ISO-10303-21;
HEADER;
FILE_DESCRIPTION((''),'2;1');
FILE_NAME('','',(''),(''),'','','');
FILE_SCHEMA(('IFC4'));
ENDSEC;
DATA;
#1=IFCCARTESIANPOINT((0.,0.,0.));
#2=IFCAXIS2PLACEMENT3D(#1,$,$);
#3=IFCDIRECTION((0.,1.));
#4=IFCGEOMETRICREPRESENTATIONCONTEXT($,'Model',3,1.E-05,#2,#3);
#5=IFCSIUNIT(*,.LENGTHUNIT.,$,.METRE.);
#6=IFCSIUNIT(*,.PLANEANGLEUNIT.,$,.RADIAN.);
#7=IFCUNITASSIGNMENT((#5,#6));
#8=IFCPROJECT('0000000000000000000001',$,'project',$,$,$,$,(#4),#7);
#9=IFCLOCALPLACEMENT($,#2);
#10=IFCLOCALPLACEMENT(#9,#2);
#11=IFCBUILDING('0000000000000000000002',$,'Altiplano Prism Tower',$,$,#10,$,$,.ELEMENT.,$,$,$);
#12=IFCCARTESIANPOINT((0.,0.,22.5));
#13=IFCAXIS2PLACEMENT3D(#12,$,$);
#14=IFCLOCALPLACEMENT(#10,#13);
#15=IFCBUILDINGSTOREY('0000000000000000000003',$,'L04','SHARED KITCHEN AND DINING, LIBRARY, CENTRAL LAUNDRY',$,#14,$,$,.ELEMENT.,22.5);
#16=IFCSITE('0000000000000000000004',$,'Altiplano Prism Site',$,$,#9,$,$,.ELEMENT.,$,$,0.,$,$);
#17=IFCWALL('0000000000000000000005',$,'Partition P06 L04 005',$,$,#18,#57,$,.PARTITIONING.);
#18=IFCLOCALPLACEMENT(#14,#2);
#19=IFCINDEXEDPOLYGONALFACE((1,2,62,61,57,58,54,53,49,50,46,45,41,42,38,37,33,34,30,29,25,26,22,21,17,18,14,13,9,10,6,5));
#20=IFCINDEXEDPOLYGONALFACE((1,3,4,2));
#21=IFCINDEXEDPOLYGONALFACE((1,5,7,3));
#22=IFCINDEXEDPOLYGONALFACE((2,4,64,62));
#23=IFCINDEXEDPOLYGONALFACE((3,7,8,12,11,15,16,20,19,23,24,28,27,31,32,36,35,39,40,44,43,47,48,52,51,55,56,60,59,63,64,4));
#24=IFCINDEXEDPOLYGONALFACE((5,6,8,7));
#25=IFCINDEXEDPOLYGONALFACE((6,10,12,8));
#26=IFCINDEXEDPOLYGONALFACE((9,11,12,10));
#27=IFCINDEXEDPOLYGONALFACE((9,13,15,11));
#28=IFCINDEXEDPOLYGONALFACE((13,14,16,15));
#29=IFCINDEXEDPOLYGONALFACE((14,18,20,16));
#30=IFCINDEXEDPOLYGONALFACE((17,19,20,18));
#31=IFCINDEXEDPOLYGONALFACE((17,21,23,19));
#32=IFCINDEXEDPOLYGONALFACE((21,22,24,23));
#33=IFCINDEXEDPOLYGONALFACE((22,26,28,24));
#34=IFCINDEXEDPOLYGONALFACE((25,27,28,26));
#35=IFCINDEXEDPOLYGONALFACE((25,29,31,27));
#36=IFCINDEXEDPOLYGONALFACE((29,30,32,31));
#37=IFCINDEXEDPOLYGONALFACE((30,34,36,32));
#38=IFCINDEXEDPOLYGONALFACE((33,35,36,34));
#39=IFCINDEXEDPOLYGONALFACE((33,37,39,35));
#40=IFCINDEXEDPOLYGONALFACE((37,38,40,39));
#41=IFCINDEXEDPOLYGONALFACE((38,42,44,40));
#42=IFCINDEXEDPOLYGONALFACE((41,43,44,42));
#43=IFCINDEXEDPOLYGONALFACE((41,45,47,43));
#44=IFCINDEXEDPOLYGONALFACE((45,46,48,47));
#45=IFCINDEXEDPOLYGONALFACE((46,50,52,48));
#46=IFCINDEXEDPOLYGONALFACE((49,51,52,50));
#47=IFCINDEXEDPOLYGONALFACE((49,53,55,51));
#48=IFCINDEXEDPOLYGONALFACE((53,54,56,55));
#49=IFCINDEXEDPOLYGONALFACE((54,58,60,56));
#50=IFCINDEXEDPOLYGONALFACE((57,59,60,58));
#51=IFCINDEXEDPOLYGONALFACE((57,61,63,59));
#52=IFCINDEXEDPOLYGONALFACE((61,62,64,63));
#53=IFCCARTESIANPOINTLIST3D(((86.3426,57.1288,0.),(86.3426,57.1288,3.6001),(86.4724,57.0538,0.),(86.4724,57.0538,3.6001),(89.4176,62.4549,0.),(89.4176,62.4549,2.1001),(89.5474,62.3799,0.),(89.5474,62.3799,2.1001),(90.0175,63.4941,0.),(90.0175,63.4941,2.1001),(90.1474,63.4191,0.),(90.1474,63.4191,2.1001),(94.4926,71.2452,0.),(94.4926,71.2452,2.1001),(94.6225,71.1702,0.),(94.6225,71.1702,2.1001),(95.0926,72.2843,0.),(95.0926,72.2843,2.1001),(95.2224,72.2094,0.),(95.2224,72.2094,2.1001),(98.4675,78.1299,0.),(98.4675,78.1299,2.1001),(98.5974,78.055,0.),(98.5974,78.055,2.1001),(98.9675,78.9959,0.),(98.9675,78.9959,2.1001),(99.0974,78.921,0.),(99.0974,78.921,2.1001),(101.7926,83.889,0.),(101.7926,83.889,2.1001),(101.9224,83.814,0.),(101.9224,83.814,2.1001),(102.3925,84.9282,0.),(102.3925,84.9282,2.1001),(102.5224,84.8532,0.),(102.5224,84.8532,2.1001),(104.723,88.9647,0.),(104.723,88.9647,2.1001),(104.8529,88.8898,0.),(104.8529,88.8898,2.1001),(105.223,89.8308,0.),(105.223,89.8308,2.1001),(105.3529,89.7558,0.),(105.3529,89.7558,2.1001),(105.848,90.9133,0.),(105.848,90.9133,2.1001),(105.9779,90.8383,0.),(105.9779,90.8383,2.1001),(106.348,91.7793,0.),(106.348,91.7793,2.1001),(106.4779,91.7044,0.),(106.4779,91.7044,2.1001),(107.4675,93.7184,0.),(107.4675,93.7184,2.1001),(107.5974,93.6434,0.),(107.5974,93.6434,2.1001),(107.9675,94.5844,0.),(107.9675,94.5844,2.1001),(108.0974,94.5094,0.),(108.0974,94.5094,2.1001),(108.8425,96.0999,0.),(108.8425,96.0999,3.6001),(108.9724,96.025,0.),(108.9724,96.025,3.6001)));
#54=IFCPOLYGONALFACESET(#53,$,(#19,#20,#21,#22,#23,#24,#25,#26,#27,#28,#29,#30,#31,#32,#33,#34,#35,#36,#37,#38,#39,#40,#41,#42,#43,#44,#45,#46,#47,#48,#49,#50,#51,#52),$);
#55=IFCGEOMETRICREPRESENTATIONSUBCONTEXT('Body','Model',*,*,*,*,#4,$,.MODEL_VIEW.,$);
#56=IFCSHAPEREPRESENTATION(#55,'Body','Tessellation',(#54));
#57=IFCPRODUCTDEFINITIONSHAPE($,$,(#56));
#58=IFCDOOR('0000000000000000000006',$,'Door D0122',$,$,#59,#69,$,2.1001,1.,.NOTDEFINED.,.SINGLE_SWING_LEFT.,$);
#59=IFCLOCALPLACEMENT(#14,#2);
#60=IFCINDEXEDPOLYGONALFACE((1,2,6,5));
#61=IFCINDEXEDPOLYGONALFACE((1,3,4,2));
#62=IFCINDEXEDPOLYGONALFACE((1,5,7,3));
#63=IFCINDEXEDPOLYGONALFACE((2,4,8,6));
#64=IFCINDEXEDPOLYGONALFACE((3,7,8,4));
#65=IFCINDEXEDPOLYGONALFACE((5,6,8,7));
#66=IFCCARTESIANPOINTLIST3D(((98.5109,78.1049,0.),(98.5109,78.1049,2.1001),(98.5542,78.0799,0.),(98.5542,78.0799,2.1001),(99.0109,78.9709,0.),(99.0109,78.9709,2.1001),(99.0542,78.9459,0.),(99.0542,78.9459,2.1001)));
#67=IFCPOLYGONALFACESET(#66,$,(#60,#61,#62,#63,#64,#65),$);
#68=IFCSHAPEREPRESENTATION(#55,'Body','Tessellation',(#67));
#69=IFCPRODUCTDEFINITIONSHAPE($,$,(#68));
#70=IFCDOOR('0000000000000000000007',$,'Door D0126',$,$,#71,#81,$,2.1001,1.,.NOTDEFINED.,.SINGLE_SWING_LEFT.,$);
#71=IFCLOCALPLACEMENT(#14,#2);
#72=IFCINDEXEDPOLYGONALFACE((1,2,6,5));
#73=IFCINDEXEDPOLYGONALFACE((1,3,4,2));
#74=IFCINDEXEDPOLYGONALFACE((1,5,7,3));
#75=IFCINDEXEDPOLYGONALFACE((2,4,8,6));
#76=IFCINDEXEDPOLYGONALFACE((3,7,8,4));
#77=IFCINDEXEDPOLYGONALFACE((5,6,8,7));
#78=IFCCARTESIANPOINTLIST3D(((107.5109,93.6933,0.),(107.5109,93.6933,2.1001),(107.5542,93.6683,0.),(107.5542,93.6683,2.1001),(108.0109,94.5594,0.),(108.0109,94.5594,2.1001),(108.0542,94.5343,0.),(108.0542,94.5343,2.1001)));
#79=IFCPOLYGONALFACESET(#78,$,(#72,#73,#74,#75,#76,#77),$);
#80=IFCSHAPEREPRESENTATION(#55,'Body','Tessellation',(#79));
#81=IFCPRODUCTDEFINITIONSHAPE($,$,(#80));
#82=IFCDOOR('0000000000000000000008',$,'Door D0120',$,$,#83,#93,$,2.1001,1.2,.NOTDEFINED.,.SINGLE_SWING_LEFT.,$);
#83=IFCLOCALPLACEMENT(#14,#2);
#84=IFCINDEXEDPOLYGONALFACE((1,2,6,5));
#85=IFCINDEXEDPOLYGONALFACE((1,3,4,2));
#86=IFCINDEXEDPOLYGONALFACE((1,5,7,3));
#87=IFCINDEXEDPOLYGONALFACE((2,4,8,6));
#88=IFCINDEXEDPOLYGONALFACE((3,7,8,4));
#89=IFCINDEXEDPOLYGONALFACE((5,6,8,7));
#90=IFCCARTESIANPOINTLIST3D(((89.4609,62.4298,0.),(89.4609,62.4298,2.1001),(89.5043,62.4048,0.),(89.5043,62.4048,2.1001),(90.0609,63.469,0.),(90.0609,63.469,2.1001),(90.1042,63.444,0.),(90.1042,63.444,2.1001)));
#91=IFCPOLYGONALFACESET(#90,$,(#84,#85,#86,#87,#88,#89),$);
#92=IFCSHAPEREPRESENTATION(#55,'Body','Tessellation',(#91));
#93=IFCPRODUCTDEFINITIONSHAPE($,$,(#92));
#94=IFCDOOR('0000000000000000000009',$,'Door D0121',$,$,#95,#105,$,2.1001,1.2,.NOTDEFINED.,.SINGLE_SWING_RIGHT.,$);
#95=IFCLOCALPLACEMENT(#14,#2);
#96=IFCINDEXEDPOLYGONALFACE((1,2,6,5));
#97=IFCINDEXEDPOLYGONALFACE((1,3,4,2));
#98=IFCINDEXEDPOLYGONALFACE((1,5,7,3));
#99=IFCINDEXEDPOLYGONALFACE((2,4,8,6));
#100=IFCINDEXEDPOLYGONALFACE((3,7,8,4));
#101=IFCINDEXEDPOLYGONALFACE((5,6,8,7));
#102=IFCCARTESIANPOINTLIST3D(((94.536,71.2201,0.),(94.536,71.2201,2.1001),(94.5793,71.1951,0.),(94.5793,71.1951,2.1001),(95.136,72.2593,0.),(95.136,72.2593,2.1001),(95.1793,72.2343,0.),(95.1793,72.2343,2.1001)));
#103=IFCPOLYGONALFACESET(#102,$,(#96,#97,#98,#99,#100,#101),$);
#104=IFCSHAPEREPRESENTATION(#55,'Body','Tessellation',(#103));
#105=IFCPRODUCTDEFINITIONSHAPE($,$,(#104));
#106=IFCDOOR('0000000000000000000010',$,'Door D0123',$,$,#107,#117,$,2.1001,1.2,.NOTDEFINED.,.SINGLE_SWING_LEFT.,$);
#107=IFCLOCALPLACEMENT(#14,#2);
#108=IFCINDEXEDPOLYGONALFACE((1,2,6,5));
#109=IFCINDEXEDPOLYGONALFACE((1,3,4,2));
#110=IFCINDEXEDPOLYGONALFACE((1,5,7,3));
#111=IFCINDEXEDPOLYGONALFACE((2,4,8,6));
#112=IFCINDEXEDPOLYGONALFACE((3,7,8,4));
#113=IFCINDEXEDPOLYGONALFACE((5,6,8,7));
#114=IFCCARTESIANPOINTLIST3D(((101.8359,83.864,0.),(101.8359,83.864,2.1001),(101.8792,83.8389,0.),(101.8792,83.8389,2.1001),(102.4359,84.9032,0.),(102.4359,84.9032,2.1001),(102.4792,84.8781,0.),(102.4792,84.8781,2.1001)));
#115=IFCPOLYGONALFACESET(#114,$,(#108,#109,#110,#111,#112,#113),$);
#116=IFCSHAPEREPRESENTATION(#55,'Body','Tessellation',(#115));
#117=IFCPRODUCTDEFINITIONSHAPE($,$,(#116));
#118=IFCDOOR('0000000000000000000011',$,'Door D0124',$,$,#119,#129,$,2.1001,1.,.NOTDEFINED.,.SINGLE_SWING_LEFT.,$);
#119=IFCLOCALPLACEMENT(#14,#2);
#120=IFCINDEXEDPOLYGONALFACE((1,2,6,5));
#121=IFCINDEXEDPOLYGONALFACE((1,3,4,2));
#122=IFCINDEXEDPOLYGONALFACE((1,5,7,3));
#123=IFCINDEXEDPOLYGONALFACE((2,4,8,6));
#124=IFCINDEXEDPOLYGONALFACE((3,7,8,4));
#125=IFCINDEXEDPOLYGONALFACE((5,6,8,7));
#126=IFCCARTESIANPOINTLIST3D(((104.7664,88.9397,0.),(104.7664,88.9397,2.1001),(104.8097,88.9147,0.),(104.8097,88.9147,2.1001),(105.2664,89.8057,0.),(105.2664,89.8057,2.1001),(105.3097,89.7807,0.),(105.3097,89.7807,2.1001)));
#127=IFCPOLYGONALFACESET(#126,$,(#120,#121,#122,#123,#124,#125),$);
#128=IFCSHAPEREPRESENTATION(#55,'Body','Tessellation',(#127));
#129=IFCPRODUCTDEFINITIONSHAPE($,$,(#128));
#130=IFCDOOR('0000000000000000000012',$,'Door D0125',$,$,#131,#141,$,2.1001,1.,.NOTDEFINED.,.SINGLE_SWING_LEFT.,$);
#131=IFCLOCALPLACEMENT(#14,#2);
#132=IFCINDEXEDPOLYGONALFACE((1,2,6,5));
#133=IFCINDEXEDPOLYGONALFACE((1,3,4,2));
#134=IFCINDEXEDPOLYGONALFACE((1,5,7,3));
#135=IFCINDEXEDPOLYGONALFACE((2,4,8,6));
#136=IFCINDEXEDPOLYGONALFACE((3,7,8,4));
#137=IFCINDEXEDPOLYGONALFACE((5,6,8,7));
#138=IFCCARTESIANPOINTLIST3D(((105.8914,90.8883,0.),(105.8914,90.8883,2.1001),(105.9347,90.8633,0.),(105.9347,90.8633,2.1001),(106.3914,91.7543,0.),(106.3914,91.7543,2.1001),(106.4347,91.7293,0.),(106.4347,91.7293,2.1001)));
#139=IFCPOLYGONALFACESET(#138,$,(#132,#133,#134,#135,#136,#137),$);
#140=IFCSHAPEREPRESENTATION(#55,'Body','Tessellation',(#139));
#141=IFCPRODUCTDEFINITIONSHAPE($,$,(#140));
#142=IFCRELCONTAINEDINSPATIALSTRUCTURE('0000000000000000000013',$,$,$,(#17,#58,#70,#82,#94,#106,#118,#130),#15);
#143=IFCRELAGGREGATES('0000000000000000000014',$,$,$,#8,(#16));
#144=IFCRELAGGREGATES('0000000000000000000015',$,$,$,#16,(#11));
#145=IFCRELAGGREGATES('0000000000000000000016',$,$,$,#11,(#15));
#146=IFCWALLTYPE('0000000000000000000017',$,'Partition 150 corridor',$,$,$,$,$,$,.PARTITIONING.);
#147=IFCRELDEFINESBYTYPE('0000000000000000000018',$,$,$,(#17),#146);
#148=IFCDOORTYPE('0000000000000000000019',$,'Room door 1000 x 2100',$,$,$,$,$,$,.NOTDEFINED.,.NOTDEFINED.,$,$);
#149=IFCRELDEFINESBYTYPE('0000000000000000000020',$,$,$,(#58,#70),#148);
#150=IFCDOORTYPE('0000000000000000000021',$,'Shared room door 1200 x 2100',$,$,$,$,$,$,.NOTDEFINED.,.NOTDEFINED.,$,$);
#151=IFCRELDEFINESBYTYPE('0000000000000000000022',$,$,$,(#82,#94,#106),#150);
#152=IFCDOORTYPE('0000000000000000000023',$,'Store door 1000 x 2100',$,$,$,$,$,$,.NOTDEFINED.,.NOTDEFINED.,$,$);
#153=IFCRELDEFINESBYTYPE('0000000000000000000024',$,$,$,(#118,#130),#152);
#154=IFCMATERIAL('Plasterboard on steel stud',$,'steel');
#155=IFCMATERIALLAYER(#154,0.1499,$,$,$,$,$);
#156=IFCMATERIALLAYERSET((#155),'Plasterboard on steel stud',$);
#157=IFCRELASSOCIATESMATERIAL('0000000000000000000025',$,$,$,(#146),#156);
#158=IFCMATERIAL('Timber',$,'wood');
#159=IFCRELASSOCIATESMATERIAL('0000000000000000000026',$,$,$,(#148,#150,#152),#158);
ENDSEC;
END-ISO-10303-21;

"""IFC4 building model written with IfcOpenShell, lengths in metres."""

from ifc_helpers import new_model, si_unit, direction, frame, frame_2d, origin, place, context, subcontext, project, spatial, rectangle, extrude, material, layer, layer_set, type_object, element, fill, save


model = new_model("IFC4")

# Units and contexts
model_context = context("Model", 3, precision=1e-05, world=origin(), true_north=direction((0.0, 1.0)))
body_context = subcontext(model_context, "Body", "Model", "MODEL_VIEW")
ifc_project = project(units=[si_unit("LENGTHUNIT", "METRE"), si_unit("PLANEANGLEUNIT", "RADIAN")], contexts=[model_context])

# Site, building, storey
site_placement = place(None, origin())
site = spatial("IfcSite", under=ifc_project, at=site_placement, Name="Altiplano Prism Site", CompositionType="ELEMENT", RefElevation=0.0)
building_placement = place(site_placement, origin())
building = spatial("IfcBuilding", under=site, at=building_placement, Name="Altiplano Prism Tower", CompositionType="ELEMENT")
storey_placement = place(building_placement, frame((0.0, 0.0, 22.5)))
storey = spatial("IfcBuildingStorey", under=building, at=storey_placement, Name="L04", Description="SHARED KITCHEN AND DINING, LIBRARY, CENTRAL LAUNDRY", CompositionType="ELEMENT", Elevation=22.5)

# Wall, openings, doors
ifc_material_1 = material(Name="Plasterboard on steel stud", Category="steel")
ifc_layer_1 = layer(ifc_material_1, 0.1499)
ifc_layer_set_1 = layer_set([ifc_layer_1], Name="Plasterboard on steel stud")
wall_type_1 = type_object("IfcWallType", Name="Partition 150 corridor", PredefinedType="PARTITIONING", material=ifc_layer_set_1)
wall_1_placement = place(storey_placement, frame((86.4075, 57.0913, 0.0), z_axis=(0.0, 0.0, 1.0), x_axis=(0.5, 0.866026, 0.0)))
wall_1 = element("IfcWall", 1, at=wall_1_placement, inside=storey, type_object=wall_type_1, Name="Partition P06 L04 005", PredefinedType="PARTITIONING", context=body_context, shape_type="SweptSolid", body=[
    extrude(rectangle(XDim=45.0, YDim=0.1499, at=frame_2d((22.5, 0.0))), origin(), (0.0, 0.0, 1.0), 3.6001),
])
opening_1_placement = place(wall_1_placement, frame((6.1499, 0.0, 0.0)))
opening_1 = element("IfcOpeningElement", 2, at=opening_1_placement, cuts=wall_1, PredefinedType="OPENING", context=body_context, shape_type="SweptSolid", body=[
    extrude(rectangle(XDim=1.2, YDim=2.1001, at=frame_2d((0.6001, 1.05))), frame((0.0, 0.0854, 0.0), z_axis=(0.0, -1.0, 0.0), x_axis=(1.0, 0.0, 0.0)), (0.0, 0.0, 1.0), 0.1709),
])
opening_2_placement = place(wall_1_placement, frame((16.3, 0.0, 0.0)))
opening_2 = element("IfcOpeningElement", 3, at=opening_2_placement, cuts=wall_1, PredefinedType="OPENING", context=body_context, shape_type="SweptSolid", body=[
    extrude(rectangle(XDim=1.2, YDim=2.1001, at=frame_2d((0.6001, 1.05))), frame((0.0, 0.0854, 0.0), z_axis=(0.0, -1.0, 0.0), x_axis=(1.0, 0.0, 0.0)), (0.0, 0.0, 1.0), 0.1709),
])
opening_3_placement = place(wall_1_placement, frame((24.25, 0.0, 0.0)))
opening_3 = element("IfcOpeningElement", 4, at=opening_3_placement, cuts=wall_1, PredefinedType="OPENING", context=body_context, shape_type="SweptSolid", body=[
    extrude(rectangle(XDim=1.0, YDim=2.1001, at=frame_2d((0.5, 1.05))), frame((0.0, 0.0854, 0.0), z_axis=(0.0, -1.0, 0.0), x_axis=(1.0, 0.0, 0.0)), (0.0, 0.0, 1.0), 0.1709),
])
opening_4_placement = place(wall_1_placement, frame((30.8999, 0.0, 0.0)))
opening_4 = element("IfcOpeningElement", 5, at=opening_4_placement, cuts=wall_1, PredefinedType="OPENING", context=body_context, shape_type="SweptSolid", body=[
    extrude(rectangle(XDim=1.2, YDim=2.1001, at=frame_2d((0.6001, 1.05))), frame((0.0, 0.0854, 0.0), z_axis=(0.0, -1.0, 0.0), x_axis=(1.0, 0.0, 0.0)), (0.0, 0.0, 1.0), 0.1709),
])
opening_5_placement = place(wall_1_placement, frame((36.761, 0.0, 0.0)))
opening_5 = element("IfcOpeningElement", 6, at=opening_5_placement, cuts=wall_1, PredefinedType="OPENING", context=body_context, shape_type="SweptSolid", body=[
    extrude(rectangle(XDim=1.0, YDim=2.1001, at=frame_2d((0.5, 1.05))), frame((0.0, 0.0854, 0.0), z_axis=(0.0, -1.0, 0.0), x_axis=(1.0, 0.0, 0.0)), (0.0, 0.0, 1.0), 0.1709),
])
opening_6_placement = place(wall_1_placement, frame((39.011, 0.0, 0.0)))
opening_6 = element("IfcOpeningElement", 7, at=opening_6_placement, cuts=wall_1, PredefinedType="OPENING", context=body_context, shape_type="SweptSolid", body=[
    extrude(rectangle(XDim=1.0, YDim=2.1001, at=frame_2d((0.5, 1.05))), frame((0.0, 0.0854, 0.0), z_axis=(0.0, -1.0, 0.0), x_axis=(1.0, 0.0, 0.0)), (0.0, 0.0, 1.0), 0.1709),
])
opening_7_placement = place(wall_1_placement, frame((42.25, 0.0, 0.0)))
opening_7 = element("IfcOpeningElement", 8, at=opening_7_placement, cuts=wall_1, PredefinedType="OPENING", context=body_context, shape_type="SweptSolid", body=[
    extrude(rectangle(XDim=1.0, YDim=2.1001, at=frame_2d((0.5, 1.05))), frame((0.0, 0.0854, 0.0), z_axis=(0.0, -1.0, 0.0), x_axis=(1.0, 0.0, 0.0)), (0.0, 0.0, 1.0), 0.1709),
])
ifc_material_2 = material(Name="Timber", Category="wood")
door_type_1 = type_object("IfcDoorType", Name="Room door 1000 x 2100", OperationType="NOTDEFINED", PredefinedType="NOTDEFINED", material=ifc_material_2)
door_1_placement = place(opening_3_placement, origin())
door_1 = element("IfcDoor", 9, at=door_1_placement, inside=storey, type_object=door_type_1, Name="Door D0122", OperationType="SINGLE_SWING_LEFT", OverallHeight=2.1001, OverallWidth=1.0, PredefinedType="NOTDEFINED", context=body_context, shape_type="SweptSolid", body=[
    extrude(rectangle(XDim=1.0, YDim=2.1001, at=frame_2d((0.5, 1.05))), frame((0.0, 0.0249, 0.0), z_axis=(0.0, -1.0, 0.0), x_axis=(1.0, 0.0, 0.0)), (0.0, 0.0, 1.0), 0.05),
])
fill(opening_3, door_1)
door_2_placement = place(opening_7_placement, origin())
door_2 = element("IfcDoor", 10, at=door_2_placement, inside=storey, type_object=door_type_1, Name="Door D0126", OperationType="SINGLE_SWING_LEFT", OverallHeight=2.1001, OverallWidth=1.0, PredefinedType="NOTDEFINED", context=body_context, shape_type="SweptSolid", body=[
    extrude(rectangle(XDim=1.0, YDim=2.1001, at=frame_2d((0.5, 1.05))), frame((0.0, 0.0249, 0.0), z_axis=(0.0, -1.0, 0.0), x_axis=(1.0, 0.0, 0.0)), (0.0, 0.0, 1.0), 0.05),
])
fill(opening_7, door_2)
door_type_2 = type_object("IfcDoorType", Name="Shared room door 1200 x 2100", OperationType="NOTDEFINED", PredefinedType="NOTDEFINED", material=ifc_material_2)
door_3_placement = place(opening_1_placement, origin())
door_3 = element("IfcDoor", 11, at=door_3_placement, inside=storey, type_object=door_type_2, Name="Door D0120", OperationType="SINGLE_SWING_LEFT", OverallHeight=2.1001, OverallWidth=1.2, PredefinedType="NOTDEFINED", context=body_context, shape_type="SweptSolid", body=[
    extrude(rectangle(XDim=1.2, YDim=2.1001, at=frame_2d((0.6001, 1.05))), frame((0.0, 0.0249, 0.0), z_axis=(0.0, -1.0, 0.0), x_axis=(1.0, 0.0, 0.0)), (0.0, 0.0, 1.0), 0.05),
])
fill(opening_1, door_3)
door_4_placement = place(opening_2_placement, origin())
door_4 = element("IfcDoor", 12, at=door_4_placement, inside=storey, type_object=door_type_2, Name="Door D0121", OperationType="SINGLE_SWING_RIGHT", OverallHeight=2.1001, OverallWidth=1.2, PredefinedType="NOTDEFINED", context=body_context, shape_type="SweptSolid", body=[
    extrude(rectangle(XDim=1.2, YDim=2.1001, at=frame_2d((0.6001, 1.05))), frame((0.0, 0.0249, 0.0), z_axis=(0.0, -1.0, 0.0), x_axis=(1.0, 0.0, 0.0)), (0.0, 0.0, 1.0), 0.05),
])
fill(opening_2, door_4)
door_5_placement = place(opening_4_placement, origin())
door_5 = element("IfcDoor", 13, at=door_5_placement, inside=storey, type_object=door_type_2, Name="Door D0123", OperationType="SINGLE_SWING_LEFT", OverallHeight=2.1001, OverallWidth=1.2, PredefinedType="NOTDEFINED", context=body_context, shape_type="SweptSolid", body=[
    extrude(rectangle(XDim=1.2, YDim=2.1001, at=frame_2d((0.6001, 1.05))), frame((0.0, 0.0249, 0.0), z_axis=(0.0, -1.0, 0.0), x_axis=(1.0, 0.0, 0.0)), (0.0, 0.0, 1.0), 0.05),
])
fill(opening_4, door_5)
door_type_3 = type_object("IfcDoorType", Name="Store door 1000 x 2100", OperationType="NOTDEFINED", PredefinedType="NOTDEFINED", material=ifc_material_2)
door_6_placement = place(opening_5_placement, origin())
door_6 = element("IfcDoor", 14, at=door_6_placement, inside=storey, type_object=door_type_3, Name="Door D0124", OperationType="SINGLE_SWING_LEFT", OverallHeight=2.1001, OverallWidth=1.0, PredefinedType="NOTDEFINED", context=body_context, shape_type="SweptSolid", body=[
    extrude(rectangle(XDim=1.0, YDim=2.1001, at=frame_2d((0.5, 1.05))), frame((0.0, 0.0249, 0.0), z_axis=(0.0, -1.0, 0.0), x_axis=(1.0, 0.0, 0.0)), (0.0, 0.0, 1.0), 0.05),
])
fill(opening_5, door_6)
door_7_placement = place(opening_6_placement, origin())
door_7 = element("IfcDoor", 15, at=door_7_placement, inside=storey, type_object=door_type_3, Name="Door D0125", OperationType="SINGLE_SWING_LEFT", OverallHeight=2.1001, OverallWidth=1.0, PredefinedType="NOTDEFINED", context=body_context, shape_type="SweptSolid", body=[
    extrude(rectangle(XDim=1.0, YDim=2.1001, at=frame_2d((0.5, 1.05))), frame((0.0, 0.0249, 0.0), z_axis=(0.0, -1.0, 0.0), x_axis=(1.0, 0.0, 0.0)), (0.0, 0.0, 1.0), 0.05),
])
fill(opening_6, door_7)

save(model, "model.ifc")
